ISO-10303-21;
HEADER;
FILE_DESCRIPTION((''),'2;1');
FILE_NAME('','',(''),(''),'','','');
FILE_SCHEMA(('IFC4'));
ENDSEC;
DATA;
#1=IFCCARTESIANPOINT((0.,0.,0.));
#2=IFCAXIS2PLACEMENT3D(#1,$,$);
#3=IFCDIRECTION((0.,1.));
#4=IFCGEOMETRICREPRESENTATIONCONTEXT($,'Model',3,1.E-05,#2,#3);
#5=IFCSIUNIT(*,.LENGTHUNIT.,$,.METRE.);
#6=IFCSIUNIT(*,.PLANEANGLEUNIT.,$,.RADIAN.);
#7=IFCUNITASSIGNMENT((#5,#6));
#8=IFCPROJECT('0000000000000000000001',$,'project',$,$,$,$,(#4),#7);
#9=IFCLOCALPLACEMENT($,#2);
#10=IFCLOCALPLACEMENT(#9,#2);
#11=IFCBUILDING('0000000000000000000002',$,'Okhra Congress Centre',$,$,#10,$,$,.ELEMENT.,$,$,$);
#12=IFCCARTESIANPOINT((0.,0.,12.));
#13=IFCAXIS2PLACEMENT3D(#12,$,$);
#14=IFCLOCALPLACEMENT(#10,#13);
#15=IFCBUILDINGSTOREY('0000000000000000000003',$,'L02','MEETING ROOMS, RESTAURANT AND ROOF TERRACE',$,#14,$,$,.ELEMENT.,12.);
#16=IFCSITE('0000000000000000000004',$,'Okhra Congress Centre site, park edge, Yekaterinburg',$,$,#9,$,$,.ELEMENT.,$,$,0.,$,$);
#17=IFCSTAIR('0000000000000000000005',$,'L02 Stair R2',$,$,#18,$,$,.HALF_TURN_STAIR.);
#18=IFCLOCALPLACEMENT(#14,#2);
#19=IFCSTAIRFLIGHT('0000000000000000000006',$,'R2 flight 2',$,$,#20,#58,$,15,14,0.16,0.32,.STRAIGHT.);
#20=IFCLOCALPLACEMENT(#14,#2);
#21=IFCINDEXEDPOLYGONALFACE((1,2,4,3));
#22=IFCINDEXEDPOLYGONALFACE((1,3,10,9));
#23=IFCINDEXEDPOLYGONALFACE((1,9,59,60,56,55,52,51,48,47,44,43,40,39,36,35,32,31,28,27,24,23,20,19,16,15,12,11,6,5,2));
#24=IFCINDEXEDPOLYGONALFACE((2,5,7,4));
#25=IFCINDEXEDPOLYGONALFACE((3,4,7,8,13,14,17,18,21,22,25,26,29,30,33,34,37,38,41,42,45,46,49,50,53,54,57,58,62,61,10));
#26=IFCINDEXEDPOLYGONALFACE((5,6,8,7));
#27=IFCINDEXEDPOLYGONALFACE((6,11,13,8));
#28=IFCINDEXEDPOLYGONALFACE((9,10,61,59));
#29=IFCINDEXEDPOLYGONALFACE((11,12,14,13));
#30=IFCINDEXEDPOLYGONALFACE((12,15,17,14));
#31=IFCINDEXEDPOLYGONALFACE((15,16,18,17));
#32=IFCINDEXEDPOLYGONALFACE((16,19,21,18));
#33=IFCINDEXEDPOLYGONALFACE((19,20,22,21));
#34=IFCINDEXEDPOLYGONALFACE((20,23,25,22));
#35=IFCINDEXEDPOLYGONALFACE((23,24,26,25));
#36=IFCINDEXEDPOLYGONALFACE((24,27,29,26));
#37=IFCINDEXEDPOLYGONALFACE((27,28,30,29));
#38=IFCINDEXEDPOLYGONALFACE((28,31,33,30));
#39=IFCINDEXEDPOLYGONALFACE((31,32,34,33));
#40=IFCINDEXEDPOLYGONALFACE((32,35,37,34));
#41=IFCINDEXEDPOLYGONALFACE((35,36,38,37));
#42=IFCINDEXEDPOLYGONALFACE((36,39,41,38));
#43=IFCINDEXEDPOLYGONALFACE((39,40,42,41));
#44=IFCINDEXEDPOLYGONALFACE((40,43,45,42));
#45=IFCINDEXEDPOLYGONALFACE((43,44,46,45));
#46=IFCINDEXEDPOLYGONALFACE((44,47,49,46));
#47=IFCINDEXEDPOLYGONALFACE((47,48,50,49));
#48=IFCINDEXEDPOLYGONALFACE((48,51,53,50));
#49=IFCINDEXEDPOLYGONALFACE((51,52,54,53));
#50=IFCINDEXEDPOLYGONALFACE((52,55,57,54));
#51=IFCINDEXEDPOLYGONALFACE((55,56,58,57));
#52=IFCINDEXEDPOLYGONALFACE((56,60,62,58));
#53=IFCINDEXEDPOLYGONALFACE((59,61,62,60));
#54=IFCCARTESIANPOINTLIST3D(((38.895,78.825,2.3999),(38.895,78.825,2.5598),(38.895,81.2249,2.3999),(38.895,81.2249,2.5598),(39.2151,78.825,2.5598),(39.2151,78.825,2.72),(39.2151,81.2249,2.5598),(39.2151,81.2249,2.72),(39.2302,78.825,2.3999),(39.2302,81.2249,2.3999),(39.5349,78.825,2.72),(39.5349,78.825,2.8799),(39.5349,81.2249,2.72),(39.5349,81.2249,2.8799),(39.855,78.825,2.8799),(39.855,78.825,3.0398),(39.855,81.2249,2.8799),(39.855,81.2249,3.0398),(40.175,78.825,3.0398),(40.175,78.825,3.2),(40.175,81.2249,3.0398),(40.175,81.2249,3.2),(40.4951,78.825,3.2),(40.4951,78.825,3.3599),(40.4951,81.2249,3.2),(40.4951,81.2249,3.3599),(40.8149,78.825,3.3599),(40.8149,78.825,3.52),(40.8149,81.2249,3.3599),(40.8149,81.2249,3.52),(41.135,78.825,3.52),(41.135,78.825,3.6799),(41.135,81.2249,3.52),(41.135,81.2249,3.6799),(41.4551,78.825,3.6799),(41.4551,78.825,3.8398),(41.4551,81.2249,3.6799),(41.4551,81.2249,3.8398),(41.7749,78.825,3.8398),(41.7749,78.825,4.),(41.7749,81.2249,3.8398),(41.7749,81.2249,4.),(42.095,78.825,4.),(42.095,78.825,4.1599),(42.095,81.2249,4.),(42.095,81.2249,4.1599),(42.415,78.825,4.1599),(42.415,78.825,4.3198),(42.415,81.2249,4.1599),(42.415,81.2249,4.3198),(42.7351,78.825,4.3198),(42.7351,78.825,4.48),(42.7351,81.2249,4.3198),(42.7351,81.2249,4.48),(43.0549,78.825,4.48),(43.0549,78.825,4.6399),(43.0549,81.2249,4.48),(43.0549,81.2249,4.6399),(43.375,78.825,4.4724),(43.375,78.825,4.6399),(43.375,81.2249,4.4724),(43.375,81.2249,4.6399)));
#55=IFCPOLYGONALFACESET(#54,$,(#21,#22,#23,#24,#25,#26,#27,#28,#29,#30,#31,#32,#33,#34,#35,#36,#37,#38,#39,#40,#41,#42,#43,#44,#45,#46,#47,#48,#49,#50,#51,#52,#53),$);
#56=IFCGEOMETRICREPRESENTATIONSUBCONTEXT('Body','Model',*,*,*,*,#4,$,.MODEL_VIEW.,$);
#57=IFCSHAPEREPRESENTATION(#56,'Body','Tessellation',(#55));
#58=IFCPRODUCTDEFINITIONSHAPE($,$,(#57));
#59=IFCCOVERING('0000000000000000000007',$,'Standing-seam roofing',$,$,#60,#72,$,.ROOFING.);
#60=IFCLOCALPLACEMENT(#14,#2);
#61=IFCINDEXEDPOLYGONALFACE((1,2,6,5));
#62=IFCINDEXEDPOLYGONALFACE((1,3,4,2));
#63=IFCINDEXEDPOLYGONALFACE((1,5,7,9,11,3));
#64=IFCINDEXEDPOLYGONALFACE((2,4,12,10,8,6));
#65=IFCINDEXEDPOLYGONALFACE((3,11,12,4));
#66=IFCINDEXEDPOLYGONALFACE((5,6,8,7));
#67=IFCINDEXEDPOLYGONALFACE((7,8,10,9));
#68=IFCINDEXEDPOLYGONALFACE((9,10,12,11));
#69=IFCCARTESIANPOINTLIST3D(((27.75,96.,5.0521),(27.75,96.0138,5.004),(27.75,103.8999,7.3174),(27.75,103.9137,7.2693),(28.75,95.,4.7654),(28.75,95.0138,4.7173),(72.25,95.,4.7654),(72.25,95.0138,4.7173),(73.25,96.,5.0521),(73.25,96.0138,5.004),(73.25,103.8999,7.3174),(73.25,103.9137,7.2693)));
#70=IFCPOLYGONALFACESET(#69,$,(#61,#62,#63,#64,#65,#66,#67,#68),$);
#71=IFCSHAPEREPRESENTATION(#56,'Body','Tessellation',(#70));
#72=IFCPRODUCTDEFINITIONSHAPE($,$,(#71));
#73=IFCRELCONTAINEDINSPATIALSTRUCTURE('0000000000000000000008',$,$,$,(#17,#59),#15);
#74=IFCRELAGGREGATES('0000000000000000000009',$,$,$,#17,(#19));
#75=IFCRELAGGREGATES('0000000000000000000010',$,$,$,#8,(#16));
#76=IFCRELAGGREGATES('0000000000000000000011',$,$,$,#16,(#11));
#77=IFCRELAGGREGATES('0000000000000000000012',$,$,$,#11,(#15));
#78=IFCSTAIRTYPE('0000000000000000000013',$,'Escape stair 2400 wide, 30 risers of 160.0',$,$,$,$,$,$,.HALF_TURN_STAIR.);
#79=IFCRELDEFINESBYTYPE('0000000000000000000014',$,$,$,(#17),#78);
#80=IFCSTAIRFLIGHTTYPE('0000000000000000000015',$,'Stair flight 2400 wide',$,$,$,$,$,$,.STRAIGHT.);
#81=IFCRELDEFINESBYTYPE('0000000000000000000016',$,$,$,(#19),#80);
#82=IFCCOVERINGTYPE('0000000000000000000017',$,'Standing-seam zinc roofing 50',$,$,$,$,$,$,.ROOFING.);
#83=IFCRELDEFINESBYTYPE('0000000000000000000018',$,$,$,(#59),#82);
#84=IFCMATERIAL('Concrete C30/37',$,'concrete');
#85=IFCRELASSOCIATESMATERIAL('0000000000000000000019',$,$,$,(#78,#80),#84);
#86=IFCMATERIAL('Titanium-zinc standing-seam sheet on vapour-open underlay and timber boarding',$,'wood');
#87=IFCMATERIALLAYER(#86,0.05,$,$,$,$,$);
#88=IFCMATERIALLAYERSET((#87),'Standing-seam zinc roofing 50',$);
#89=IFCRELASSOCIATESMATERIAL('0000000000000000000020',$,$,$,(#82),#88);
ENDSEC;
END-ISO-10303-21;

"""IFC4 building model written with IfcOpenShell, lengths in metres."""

from ifc_helpers import new_model, si_unit, direction, frame, origin, place, context, subcontext, project, spatial, polyline, outline, extrude, material, layer, layer_set, type_object, element, aggregate, save


model = new_model("IFC4")

# Units and contexts
model_context = context("Model", 3, precision=1e-05, world=origin(), true_north=direction((0.0, 1.0)))
body_context = subcontext(model_context, "Body", "Model", "MODEL_VIEW")
ifc_project = project(units=[si_unit("LENGTHUNIT", "METRE"), si_unit("PLANEANGLEUNIT", "RADIAN")], contexts=[model_context])

# Site, building, storey
site_placement = place(None, origin())
site = spatial("IfcSite", under=ifc_project, at=site_placement, Name="Okhra Congress Centre site, park edge, Yekaterinburg", CompositionType="ELEMENT", RefElevation=0.0)
building_placement = place(site_placement, origin())
building = spatial("IfcBuilding", under=site, at=building_placement, Name="Okhra Congress Centre", CompositionType="ELEMENT")
storey_placement = place(building_placement, frame((0.0, 0.0, 12.0)))
storey = spatial("IfcBuildingStorey", under=building, at=storey_placement, Name="L02", Description="MEETING ROOMS, RESTAURANT AND ROOF TERRACE", CompositionType="ELEMENT", Elevation=12.0)

# Shared definitions
ifc_material_1 = material(Name="Concrete C30/37", Category="concrete")

# Stair, stair flight
stair_type = type_object("IfcStairType", Name="Escape stair 2400 wide, 30 risers of 160.0", PredefinedType="HALF_TURN_STAIR", material=ifc_material_1)
stair_placement = place(storey_placement, origin())
stair = element("IfcStair", 1, at=stair_placement, inside=storey, type_object=stair_type, Name="L02 Stair R2", PredefinedType="HALF_TURN_STAIR")
stair_flight_type = type_object("IfcStairFlightType", Name="Stair flight 2400 wide", PredefinedType="STRAIGHT", material=ifc_material_1)
stair_flight_placement = place(storey_placement, frame((38.895, 80.0249, 2.3999), z_axis=(0.0, 0.0, 1.0), x_axis=(1.0, 0.0, 0.0)))
stair_flight = element("IfcStairFlight", 2, at=stair_flight_placement, type_object=stair_flight_type, Name="R2 flight 2", NumberOfRisers=15, NumberOfTreads=14, PredefinedType="STRAIGHT", RiserHeight=0.16, TreadLength=0.32, context=body_context, shape_type="SweptSolid", body=[
    extrude(outline(polyline([(0.0, 0.0), (0.0, 0.1599), (0.3201, 0.1599), (0.3201, 0.3201), (0.6399, 0.3201), (0.6399, 0.48), (0.96, 0.48), (0.96, 0.6399), (1.28, 0.6399), (1.28, 0.8), (1.6001, 0.8), (1.6001, 0.96), (1.9199, 0.96), (1.9199, 1.1201), (2.24, 1.1201), (2.24, 1.28), (2.5601, 1.28), (2.5601, 1.4399), (2.8799, 1.4399), (2.8799, 1.6001), (3.2, 1.6001), (3.2, 1.76), (3.52, 1.76), (3.52, 1.9199), (3.8401, 1.9199), (3.8401, 2.0801), (4.1599, 2.0801), (4.1599, 2.24), (4.48, 2.24), (4.48, 2.3999), (4.48, 2.0725), (0.3352, 0.0), (0.0, 0.0)])), frame((0.0, 1.2, 0.0), z_axis=(0.0, -1.0, 0.0), x_axis=(1.0, 0.0, 0.0)), (0.0, 0.0, 1.0), 2.3999),
])
aggregate(stair, [stair_flight])

# Covering
ifc_material_2 = material(Name="Titanium-zinc standing-seam sheet on vapour-open underlay and timber boarding", Category="wood")
ifc_layer_1 = layer(ifc_material_2, 0.05)
ifc_layer_set_1 = layer_set([ifc_layer_1], Name="Standing-seam zinc roofing 50")
covering_type = type_object("IfcCoveringType", Name="Standing-seam zinc roofing 50", PredefinedType="ROOFING", material=ifc_layer_set_1)
covering_placement = place(storey_placement, frame((28.75, 95.0, 4.7654), z_axis=(0.0, -0.275637, 0.961262), x_axis=(1.0, 0.0, 0.0)))
element("IfcCovering", 3, at=covering_placement, inside=storey, type_object=covering_type, Name="Standing-seam roofing", PredefinedType="ROOFING", context=body_context, shape_type="SweptSolid", body=[
    extrude(outline(polyline([(0.0, 0.0), (43.5, 0.0), (44.5, 1.0403), (44.5, 9.2586), (-1.0, 9.2586), (-1.0, 1.0403), (0.0, 0.0)])), origin(), (0.0, 0.0, -1.0), 0.05),
])

save(model, "model.ifc")
